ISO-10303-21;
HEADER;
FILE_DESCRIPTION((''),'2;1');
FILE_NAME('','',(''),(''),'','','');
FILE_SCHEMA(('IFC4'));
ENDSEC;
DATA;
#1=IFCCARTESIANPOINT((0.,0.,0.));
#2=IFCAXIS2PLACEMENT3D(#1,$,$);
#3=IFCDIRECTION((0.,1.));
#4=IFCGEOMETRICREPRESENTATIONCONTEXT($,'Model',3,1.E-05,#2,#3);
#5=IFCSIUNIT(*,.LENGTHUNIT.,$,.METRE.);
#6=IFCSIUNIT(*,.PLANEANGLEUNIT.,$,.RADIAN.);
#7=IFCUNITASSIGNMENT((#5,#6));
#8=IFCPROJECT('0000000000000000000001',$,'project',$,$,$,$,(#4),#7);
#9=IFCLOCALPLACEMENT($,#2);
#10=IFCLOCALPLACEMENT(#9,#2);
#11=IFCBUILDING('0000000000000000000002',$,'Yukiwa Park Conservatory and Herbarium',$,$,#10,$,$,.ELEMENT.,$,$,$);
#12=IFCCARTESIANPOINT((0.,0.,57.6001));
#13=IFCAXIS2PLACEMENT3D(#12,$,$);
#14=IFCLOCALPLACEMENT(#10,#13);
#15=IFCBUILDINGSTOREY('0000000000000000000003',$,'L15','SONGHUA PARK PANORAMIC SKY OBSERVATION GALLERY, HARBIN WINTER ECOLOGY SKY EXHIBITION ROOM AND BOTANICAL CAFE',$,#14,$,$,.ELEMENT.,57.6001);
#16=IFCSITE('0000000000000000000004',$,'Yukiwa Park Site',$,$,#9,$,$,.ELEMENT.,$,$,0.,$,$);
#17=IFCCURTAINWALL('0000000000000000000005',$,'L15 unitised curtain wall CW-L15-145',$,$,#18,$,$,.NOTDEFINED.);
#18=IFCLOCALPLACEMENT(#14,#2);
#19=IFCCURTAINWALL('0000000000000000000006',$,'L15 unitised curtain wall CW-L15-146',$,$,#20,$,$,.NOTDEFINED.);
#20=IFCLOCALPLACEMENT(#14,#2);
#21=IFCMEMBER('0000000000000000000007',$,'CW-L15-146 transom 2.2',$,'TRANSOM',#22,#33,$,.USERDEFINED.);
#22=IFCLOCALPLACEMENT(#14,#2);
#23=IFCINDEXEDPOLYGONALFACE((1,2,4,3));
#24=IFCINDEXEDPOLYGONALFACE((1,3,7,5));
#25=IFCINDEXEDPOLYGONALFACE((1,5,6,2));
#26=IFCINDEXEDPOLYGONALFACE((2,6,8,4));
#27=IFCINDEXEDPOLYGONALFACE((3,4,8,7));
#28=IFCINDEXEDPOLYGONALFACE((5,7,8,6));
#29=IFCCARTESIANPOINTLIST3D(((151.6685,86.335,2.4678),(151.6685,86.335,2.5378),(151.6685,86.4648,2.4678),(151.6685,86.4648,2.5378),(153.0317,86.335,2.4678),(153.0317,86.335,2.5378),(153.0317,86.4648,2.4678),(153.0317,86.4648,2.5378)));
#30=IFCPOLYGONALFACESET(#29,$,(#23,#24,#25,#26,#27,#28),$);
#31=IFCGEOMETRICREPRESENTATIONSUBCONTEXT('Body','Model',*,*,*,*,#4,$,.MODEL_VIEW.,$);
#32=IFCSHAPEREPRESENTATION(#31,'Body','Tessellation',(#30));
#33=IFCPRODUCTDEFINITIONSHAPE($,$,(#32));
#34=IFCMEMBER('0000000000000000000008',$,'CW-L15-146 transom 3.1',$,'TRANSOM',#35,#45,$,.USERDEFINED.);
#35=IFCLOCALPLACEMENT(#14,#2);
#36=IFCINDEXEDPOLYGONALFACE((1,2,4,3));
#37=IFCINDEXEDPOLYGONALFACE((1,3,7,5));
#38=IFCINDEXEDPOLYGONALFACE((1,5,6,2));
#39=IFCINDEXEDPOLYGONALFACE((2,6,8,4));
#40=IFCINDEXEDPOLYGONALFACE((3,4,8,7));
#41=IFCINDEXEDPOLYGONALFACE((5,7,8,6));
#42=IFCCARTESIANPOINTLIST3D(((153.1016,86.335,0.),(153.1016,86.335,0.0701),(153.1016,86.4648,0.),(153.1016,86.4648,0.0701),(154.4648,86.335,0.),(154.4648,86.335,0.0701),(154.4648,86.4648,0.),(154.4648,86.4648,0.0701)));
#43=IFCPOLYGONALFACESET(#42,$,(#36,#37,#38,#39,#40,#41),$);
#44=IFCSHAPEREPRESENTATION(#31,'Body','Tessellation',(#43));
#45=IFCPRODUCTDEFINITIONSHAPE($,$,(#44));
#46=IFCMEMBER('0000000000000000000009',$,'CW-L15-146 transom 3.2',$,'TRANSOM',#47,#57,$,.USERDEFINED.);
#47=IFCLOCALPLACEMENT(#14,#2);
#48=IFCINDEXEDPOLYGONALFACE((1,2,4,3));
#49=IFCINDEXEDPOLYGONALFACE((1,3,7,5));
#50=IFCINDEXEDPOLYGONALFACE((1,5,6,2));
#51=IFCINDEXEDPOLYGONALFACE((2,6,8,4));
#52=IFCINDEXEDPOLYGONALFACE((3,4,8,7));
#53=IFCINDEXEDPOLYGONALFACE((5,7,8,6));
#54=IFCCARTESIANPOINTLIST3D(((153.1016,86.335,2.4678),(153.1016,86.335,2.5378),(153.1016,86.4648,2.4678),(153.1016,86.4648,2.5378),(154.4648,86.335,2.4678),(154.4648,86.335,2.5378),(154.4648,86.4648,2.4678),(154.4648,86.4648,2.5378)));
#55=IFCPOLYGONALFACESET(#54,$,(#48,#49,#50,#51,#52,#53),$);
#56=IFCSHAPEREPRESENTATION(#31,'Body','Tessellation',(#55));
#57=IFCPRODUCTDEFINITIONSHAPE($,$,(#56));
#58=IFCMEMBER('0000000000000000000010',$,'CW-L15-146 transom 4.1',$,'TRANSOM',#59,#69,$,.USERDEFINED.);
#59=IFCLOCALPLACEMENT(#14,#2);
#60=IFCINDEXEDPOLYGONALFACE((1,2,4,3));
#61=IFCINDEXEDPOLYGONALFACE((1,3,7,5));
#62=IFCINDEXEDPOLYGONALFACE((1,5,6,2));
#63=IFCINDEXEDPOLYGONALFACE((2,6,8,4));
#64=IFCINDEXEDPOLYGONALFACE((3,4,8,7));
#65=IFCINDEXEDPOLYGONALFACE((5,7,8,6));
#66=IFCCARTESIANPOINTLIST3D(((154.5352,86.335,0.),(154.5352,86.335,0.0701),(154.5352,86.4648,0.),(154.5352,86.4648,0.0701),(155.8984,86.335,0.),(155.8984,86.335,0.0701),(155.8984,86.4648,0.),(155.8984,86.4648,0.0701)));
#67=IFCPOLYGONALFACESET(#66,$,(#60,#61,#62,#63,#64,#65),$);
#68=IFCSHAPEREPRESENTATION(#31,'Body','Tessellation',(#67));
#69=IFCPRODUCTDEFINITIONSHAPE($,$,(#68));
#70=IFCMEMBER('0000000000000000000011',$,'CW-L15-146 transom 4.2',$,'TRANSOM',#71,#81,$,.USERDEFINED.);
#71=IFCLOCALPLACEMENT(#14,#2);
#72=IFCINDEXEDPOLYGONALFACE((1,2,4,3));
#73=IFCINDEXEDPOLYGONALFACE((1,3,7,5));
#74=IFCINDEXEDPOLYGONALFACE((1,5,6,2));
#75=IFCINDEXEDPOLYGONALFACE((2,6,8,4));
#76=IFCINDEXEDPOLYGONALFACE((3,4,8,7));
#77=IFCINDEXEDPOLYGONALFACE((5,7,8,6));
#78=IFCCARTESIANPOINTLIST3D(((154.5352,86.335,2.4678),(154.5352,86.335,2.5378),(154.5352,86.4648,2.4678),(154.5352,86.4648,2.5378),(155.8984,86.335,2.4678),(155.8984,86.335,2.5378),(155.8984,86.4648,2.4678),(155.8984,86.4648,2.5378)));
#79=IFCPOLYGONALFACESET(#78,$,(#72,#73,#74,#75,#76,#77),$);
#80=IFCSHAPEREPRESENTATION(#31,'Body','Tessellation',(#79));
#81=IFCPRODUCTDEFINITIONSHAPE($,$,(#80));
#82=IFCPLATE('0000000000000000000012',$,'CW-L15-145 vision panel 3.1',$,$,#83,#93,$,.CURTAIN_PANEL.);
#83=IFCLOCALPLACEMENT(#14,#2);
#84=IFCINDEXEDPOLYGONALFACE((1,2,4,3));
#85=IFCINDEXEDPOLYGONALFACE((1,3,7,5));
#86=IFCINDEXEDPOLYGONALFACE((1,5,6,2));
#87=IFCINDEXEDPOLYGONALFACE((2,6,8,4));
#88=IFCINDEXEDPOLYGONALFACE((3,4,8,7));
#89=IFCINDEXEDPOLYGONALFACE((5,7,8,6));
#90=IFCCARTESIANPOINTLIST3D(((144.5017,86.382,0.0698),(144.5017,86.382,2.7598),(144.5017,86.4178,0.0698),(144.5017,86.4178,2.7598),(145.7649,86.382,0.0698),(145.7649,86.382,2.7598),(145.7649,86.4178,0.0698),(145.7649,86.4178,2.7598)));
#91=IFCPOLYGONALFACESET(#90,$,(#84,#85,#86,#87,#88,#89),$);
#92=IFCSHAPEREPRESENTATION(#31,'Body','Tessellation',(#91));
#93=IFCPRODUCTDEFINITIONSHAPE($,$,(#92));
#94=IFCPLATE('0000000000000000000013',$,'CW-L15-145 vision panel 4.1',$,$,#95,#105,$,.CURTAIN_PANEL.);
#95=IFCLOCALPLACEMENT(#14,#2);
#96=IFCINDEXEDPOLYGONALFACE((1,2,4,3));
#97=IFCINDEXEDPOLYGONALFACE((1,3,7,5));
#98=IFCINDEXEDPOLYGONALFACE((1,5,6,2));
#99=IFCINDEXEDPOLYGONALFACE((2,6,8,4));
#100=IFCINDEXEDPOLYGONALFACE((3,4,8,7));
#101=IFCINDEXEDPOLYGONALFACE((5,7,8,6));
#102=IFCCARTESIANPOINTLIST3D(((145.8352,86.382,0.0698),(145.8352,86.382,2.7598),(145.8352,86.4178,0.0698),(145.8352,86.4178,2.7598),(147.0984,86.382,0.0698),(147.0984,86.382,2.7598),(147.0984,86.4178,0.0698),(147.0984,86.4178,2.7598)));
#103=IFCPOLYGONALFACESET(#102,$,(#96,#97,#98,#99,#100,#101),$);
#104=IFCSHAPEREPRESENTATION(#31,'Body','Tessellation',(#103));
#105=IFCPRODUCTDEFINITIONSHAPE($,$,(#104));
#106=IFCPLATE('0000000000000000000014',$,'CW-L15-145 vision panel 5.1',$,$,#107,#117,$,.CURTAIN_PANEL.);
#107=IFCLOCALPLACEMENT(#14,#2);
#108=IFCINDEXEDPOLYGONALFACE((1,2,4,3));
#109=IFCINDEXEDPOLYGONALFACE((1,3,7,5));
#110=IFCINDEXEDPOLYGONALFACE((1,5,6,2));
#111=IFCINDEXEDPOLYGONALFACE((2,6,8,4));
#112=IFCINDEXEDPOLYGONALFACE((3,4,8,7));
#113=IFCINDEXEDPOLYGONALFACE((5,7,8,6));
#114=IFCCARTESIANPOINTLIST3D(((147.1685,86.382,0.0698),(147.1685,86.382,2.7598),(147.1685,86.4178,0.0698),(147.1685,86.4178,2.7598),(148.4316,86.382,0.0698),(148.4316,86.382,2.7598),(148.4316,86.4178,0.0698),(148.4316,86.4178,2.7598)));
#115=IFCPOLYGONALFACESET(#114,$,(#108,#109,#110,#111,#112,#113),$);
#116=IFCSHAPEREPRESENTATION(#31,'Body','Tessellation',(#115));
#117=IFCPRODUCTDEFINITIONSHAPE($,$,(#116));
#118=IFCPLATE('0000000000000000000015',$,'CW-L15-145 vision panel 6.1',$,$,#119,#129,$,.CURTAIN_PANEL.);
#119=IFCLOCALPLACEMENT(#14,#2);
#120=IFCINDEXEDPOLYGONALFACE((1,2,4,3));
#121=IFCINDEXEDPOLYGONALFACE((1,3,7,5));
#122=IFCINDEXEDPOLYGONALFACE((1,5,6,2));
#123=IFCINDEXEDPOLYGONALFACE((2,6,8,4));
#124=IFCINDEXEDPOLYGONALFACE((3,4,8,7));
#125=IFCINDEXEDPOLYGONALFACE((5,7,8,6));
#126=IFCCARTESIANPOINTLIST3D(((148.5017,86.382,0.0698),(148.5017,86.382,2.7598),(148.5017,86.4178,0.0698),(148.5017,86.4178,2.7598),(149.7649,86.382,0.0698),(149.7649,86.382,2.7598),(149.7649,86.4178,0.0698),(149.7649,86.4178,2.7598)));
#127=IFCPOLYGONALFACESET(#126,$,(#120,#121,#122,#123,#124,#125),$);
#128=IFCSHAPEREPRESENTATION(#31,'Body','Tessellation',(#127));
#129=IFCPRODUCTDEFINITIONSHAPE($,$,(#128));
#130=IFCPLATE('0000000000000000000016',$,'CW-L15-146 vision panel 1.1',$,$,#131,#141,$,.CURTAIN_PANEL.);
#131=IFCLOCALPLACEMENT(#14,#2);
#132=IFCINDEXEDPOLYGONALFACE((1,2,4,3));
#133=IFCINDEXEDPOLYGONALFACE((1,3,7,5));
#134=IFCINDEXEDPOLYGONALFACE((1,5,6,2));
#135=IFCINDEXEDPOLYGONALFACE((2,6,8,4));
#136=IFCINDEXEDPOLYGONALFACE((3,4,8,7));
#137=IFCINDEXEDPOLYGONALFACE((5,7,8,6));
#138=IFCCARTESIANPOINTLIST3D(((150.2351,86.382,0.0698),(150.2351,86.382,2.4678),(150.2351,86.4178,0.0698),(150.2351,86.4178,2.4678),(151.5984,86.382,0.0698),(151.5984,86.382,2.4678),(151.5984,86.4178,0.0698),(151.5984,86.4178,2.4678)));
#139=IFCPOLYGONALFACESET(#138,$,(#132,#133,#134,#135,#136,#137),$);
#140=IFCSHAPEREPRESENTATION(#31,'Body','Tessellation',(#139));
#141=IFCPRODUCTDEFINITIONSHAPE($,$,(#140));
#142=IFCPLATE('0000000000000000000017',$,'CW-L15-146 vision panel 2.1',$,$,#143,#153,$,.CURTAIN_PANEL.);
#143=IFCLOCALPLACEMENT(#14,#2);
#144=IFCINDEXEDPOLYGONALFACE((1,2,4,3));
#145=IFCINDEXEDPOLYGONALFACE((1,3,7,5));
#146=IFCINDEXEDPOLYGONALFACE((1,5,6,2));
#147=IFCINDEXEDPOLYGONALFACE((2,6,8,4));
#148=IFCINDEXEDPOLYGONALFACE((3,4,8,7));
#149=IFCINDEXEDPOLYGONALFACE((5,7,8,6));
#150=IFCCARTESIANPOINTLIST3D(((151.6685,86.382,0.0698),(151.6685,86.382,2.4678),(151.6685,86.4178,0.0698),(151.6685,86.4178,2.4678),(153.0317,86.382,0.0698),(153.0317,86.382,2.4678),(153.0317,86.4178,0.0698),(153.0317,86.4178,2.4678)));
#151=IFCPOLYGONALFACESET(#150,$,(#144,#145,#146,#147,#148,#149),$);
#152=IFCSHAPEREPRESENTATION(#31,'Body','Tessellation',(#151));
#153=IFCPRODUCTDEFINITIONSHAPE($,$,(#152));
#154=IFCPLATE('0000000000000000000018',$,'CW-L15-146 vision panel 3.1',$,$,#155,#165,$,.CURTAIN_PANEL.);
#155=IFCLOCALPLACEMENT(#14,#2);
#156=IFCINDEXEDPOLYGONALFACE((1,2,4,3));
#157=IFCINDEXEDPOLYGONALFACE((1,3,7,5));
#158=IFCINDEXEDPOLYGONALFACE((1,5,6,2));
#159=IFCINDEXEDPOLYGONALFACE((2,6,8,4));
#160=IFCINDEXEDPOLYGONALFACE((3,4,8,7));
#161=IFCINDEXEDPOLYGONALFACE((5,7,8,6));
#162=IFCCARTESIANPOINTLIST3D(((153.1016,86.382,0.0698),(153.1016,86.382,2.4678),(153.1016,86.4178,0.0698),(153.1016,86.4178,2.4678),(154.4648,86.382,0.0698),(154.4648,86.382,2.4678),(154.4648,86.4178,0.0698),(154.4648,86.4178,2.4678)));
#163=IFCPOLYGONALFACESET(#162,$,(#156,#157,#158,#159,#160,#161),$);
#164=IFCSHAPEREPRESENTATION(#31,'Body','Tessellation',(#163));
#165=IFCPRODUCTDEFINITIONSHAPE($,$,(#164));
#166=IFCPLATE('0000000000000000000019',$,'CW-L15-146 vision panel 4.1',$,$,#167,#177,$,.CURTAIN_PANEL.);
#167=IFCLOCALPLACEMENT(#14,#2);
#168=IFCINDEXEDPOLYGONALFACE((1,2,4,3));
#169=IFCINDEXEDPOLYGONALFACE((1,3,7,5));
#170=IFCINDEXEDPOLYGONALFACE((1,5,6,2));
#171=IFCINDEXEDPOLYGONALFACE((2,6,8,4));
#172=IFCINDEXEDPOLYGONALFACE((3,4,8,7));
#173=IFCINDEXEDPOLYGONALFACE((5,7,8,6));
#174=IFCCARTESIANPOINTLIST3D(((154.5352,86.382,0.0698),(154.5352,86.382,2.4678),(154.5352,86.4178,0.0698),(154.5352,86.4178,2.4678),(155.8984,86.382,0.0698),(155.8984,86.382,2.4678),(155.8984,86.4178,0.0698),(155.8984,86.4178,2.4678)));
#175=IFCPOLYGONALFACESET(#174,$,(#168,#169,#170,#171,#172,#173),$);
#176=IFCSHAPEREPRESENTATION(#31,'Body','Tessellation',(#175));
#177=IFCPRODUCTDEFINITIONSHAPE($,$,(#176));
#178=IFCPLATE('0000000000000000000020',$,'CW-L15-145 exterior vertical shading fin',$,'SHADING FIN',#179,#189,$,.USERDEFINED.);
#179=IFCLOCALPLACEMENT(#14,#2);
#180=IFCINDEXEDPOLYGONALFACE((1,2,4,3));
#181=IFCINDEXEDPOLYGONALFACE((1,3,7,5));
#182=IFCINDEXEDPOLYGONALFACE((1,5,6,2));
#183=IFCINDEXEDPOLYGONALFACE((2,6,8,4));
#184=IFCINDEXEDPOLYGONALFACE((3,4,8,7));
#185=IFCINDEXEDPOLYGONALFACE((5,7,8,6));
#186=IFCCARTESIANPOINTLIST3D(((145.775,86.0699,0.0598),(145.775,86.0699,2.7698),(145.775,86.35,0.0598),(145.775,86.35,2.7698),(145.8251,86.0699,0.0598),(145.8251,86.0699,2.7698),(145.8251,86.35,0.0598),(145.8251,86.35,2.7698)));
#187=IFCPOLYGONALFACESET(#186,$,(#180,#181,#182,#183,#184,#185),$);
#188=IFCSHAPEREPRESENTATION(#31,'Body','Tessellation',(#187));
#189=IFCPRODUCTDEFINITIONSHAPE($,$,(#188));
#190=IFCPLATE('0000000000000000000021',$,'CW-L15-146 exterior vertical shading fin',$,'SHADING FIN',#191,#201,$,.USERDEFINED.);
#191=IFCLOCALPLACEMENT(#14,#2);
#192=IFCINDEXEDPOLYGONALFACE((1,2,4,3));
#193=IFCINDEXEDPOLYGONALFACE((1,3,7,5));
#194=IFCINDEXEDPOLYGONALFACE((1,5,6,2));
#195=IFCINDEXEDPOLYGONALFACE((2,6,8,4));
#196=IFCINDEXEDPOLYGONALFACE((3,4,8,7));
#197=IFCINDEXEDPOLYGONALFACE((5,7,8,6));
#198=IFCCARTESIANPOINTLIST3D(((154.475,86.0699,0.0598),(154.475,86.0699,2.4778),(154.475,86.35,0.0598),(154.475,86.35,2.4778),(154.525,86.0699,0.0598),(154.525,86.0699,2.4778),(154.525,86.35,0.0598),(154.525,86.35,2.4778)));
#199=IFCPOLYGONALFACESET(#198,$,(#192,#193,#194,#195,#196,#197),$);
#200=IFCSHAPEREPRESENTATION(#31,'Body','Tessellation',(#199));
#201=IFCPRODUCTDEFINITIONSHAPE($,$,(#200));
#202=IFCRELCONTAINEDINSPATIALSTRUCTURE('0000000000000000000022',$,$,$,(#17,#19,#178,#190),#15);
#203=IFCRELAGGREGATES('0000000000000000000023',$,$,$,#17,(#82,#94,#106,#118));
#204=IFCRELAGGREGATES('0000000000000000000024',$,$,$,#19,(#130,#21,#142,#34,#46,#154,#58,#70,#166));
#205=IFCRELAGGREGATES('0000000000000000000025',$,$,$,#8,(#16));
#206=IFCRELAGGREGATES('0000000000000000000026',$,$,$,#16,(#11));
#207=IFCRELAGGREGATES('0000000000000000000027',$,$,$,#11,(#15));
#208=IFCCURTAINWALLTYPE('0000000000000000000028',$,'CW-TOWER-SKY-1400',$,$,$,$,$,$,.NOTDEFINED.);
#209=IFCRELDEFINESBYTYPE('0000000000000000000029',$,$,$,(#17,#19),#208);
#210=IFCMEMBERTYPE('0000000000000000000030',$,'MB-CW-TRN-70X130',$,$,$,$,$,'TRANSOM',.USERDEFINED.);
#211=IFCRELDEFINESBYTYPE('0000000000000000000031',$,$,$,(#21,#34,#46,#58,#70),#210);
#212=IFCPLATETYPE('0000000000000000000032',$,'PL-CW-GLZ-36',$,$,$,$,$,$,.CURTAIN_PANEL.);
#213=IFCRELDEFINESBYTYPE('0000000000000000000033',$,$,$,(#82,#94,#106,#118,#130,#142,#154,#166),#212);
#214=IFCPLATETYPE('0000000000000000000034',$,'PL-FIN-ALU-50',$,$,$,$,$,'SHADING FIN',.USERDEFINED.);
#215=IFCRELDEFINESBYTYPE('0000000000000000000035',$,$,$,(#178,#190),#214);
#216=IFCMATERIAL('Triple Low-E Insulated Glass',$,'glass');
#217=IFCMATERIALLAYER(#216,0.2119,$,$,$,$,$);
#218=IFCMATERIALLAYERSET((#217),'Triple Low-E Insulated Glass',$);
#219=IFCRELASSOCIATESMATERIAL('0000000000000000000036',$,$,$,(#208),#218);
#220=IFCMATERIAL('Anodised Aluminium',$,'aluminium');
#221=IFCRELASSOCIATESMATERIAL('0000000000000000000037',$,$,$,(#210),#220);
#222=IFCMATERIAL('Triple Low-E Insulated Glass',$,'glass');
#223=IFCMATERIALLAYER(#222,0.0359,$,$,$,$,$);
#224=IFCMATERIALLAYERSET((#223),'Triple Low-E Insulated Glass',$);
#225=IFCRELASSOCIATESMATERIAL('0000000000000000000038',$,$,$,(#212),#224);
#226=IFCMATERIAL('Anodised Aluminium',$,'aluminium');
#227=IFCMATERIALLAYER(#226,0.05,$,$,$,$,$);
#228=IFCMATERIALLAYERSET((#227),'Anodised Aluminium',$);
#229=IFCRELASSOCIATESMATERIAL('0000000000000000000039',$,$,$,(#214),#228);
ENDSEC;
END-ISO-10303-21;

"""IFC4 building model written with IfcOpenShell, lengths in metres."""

from ifc_helpers import new_model, si_unit, direction, frame, origin, origin_2d, place, context, subcontext, project, spatial, rectangle, extrude, material, layer, layer_set, type_object, element, aggregate, save


model = new_model("IFC4")

# Units and contexts
model_context = context("Model", 3, precision=1e-05, world=origin(), true_north=direction((0.0, 1.0)))
body_context = subcontext(model_context, "Body", "Model", "MODEL_VIEW")
ifc_project = project(units=[si_unit("LENGTHUNIT", "METRE"), si_unit("PLANEANGLEUNIT", "RADIAN")], contexts=[model_context])

# Site, building, storey
site_placement = place(None, origin())
site = spatial("IfcSite", under=ifc_project, at=site_placement, Name="Yukiwa Park Site", CompositionType="ELEMENT", RefElevation=0.0)
building_placement = place(site_placement, origin())
building = spatial("IfcBuilding", under=site, at=building_placement, Name="Yukiwa Park Conservatory and Herbarium", CompositionType="ELEMENT")
storey_placement = place(building_placement, frame((0.0, 0.0, 57.6001)))
storey = spatial("IfcBuildingStorey", under=building, at=storey_placement, Name="L15", Description="SONGHUA PARK PANORAMIC SKY OBSERVATION GALLERY, HARBIN WINTER ECOLOGY SKY EXHIBITION ROOM AND BOTANICAL CAFE", CompositionType="ELEMENT", Elevation=57.6001)

# Curtain walls
ifc_material_1 = material(Name="Triple Low-E Insulated Glass", Category="glass")
ifc_layer_1 = layer(ifc_material_1, 0.2119)
ifc_layer_set_1 = layer_set([ifc_layer_1], Name="Triple Low-E Insulated Glass")
curtain_wall_type = type_object("IfcCurtainWallType", Name="CW-TOWER-SKY-1400", PredefinedType="NOTDEFINED", material=ifc_layer_set_1)
curtain_wall_1_placement = place(storey_placement, origin())
curtain_wall_1 = element("IfcCurtainWall", 1, at=curtain_wall_1_placement, inside=storey, type_object=curtain_wall_type, Name="L15 unitised curtain wall CW-L15-145", PredefinedType="NOTDEFINED")
curtain_wall_2_placement = place(storey_placement, origin())
curtain_wall_2 = element("IfcCurtainWall", 2, at=curtain_wall_2_placement, inside=storey, type_object=curtain_wall_type, Name="L15 unitised curtain wall CW-L15-146", PredefinedType="NOTDEFINED")

# Members
ifc_material_2 = material(Name="Anodised Aluminium", Category="aluminium")
member_type_1 = type_object("IfcMemberType", Name="MB-CW-TRN-70X130", ElementType="TRANSOM", PredefinedType="USERDEFINED", material=ifc_material_2)
member_1_placement = place(storey_placement, frame((152.3501, 86.3999, 2.4678), z_axis=(0.0, 0.0, 1.0), x_axis=(1.0, 0.0, 0.0)))
member_1 = element("IfcMember", 3, at=member_1_placement, type_object=member_type_1, Name="CW-L15-146 transom 2.2", ObjectType="TRANSOM", PredefinedType="USERDEFINED", context=body_context, shape_type="SweptSolid", body=[
    extrude(rectangle(XDim=1.3633, YDim=0.1299, at=origin_2d()), origin(), (0.0, 0.0, 1.0), 0.0701),
])
member_2_placement = place(storey_placement, frame((153.7832, 86.3999, 0.0), z_axis=(0.0, 0.0, 1.0), x_axis=(1.0, 0.0, 0.0)))
member_2 = element("IfcMember", 4, at=member_2_placement, type_object=member_type_1, Name="CW-L15-146 transom 3.1", ObjectType="TRANSOM", PredefinedType="USERDEFINED", context=body_context, shape_type="SweptSolid", body=[
    extrude(rectangle(XDim=1.3633, YDim=0.1299, at=origin_2d()), origin(), (0.0, 0.0, 1.0), 0.0701),
])
member_3_placement = place(storey_placement, frame((153.7832, 86.3999, 2.4678), z_axis=(0.0, 0.0, 1.0), x_axis=(1.0, 0.0, 0.0)))
member_3 = element("IfcMember", 5, at=member_3_placement, type_object=member_type_1, Name="CW-L15-146 transom 3.2", ObjectType="TRANSOM", PredefinedType="USERDEFINED", context=body_context, shape_type="SweptSolid", body=[
    extrude(rectangle(XDim=1.3633, YDim=0.1299, at=origin_2d()), origin(), (0.0, 0.0, 1.0), 0.0701),
])
member_4_placement = place(storey_placement, frame((155.2168, 86.3999, 0.0), z_axis=(0.0, 0.0, 1.0), x_axis=(1.0, 0.0, 0.0)))
member_4 = element("IfcMember", 6, at=member_4_placement, type_object=member_type_1, Name="CW-L15-146 transom 4.1", ObjectType="TRANSOM", PredefinedType="USERDEFINED", context=body_context, shape_type="SweptSolid", body=[
    extrude(rectangle(XDim=1.3633, YDim=0.1299, at=origin_2d()), origin(), (0.0, 0.0, 1.0), 0.0701),
])
member_5_placement = place(storey_placement, frame((155.2168, 86.3999, 2.4678), z_axis=(0.0, 0.0, 1.0), x_axis=(1.0, 0.0, 0.0)))
member_5 = element("IfcMember", 7, at=member_5_placement, type_object=member_type_1, Name="CW-L15-146 transom 4.2", ObjectType="TRANSOM", PredefinedType="USERDEFINED", context=body_context, shape_type="SweptSolid", body=[
    extrude(rectangle(XDim=1.3633, YDim=0.1299, at=origin_2d()), origin(), (0.0, 0.0, 1.0), 0.0701),
])

# Plates
ifc_material_3 = material(Name="Triple Low-E Insulated Glass", Category="glass")
ifc_layer_2 = layer(ifc_material_3, 0.0359)
ifc_layer_set_2 = layer_set([ifc_layer_2], Name="Triple Low-E Insulated Glass")
plate_type_1 = type_object("IfcPlateType", Name="PL-CW-GLZ-36", PredefinedType="CURTAIN_PANEL", material=ifc_layer_set_2)
plate_1_placement = place(storey_placement, frame((145.1333, 86.3999, 0.0698), z_axis=(0.0, 0.0, 1.0), x_axis=(1.0, 0.0, 0.0)))
plate_1 = element("IfcPlate", 8, at=plate_1_placement, type_object=plate_type_1, Name="CW-L15-145 vision panel 3.1", PredefinedType="CURTAIN_PANEL", context=body_context, shape_type="SweptSolid", body=[
    extrude(rectangle(XDim=1.2632, YDim=0.0359, at=origin_2d()), origin(), (0.0, 0.0, 1.0), 2.6899),
])
plate_2_placement = place(storey_placement, frame((146.4668, 86.3999, 0.0698), z_axis=(0.0, 0.0, 1.0), x_axis=(1.0, 0.0, 0.0)))
plate_2 = element("IfcPlate", 9, at=plate_2_placement, type_object=plate_type_1, Name="CW-L15-145 vision panel 4.1", PredefinedType="CURTAIN_PANEL", context=body_context, shape_type="SweptSolid", body=[
    extrude(rectangle(XDim=1.2632, YDim=0.0359, at=origin_2d()), origin(), (0.0, 0.0, 1.0), 2.6899),
])
plate_3_placement = place(storey_placement, frame((147.8, 86.3999, 0.0698), z_axis=(0.0, 0.0, 1.0), x_axis=(1.0, 0.0, 0.0)))
plate_3 = element("IfcPlate", 10, at=plate_3_placement, type_object=plate_type_1, Name="CW-L15-145 vision panel 5.1", PredefinedType="CURTAIN_PANEL", context=body_context, shape_type="SweptSolid", body=[
    extrude(rectangle(XDim=1.2632, YDim=0.0359, at=origin_2d()), origin(), (0.0, 0.0, 1.0), 2.6899),
])
plate_4_placement = place(storey_placement, frame((149.1333, 86.3999, 0.0698), z_axis=(0.0, 0.0, 1.0), x_axis=(1.0, 0.0, 0.0)))
plate_4 = element("IfcPlate", 11, at=plate_4_placement, type_object=plate_type_1, Name="CW-L15-145 vision panel 6.1", PredefinedType="CURTAIN_PANEL", context=body_context, shape_type="SweptSolid", body=[
    extrude(rectangle(XDim=1.2632, YDim=0.0359, at=origin_2d()), origin(), (0.0, 0.0, 1.0), 2.6899),
])
aggregate(curtain_wall_1, [plate_1, plate_2, plate_3, plate_4])
plate_5_placement = place(storey_placement, frame((150.9167, 86.3999, 0.0698), z_axis=(0.0, 0.0, 1.0), x_axis=(1.0, 0.0, 0.0)))
plate_5 = element("IfcPlate", 12, at=plate_5_placement, type_object=plate_type_1, Name="CW-L15-146 vision panel 1.1", PredefinedType="CURTAIN_PANEL", context=body_context, shape_type="SweptSolid", body=[
    extrude(rectangle(XDim=1.3633, YDim=0.0359, at=origin_2d()), origin(), (0.0, 0.0, 1.0), 2.3979),
])
plate_6_placement = place(storey_placement, frame((152.3501, 86.3999, 0.0698), z_axis=(0.0, 0.0, 1.0), x_axis=(1.0, 0.0, 0.0)))
plate_6 = element("IfcPlate", 13, at=plate_6_placement, type_object=plate_type_1, Name="CW-L15-146 vision panel 2.1", PredefinedType="CURTAIN_PANEL", context=body_context, shape_type="SweptSolid", body=[
    extrude(rectangle(XDim=1.3633, YDim=0.0359, at=origin_2d()), origin(), (0.0, 0.0, 1.0), 2.3979),
])
plate_7_placement = place(storey_placement, frame((153.7832, 86.3999, 0.0698), z_axis=(0.0, 0.0, 1.0), x_axis=(1.0, 0.0, 0.0)))
plate_7 = element("IfcPlate", 14, at=plate_7_placement, type_object=plate_type_1, Name="CW-L15-146 vision panel 3.1", PredefinedType="CURTAIN_PANEL", context=body_context, shape_type="SweptSolid", body=[
    extrude(rectangle(XDim=1.3633, YDim=0.0359, at=origin_2d()), origin(), (0.0, 0.0, 1.0), 2.3979),
])
plate_8_placement = place(storey_placement, frame((155.2168, 86.3999, 0.0698), z_axis=(0.0, 0.0, 1.0), x_axis=(1.0, 0.0, 0.0)))
plate_8 = element("IfcPlate", 15, at=plate_8_placement, type_object=plate_type_1, Name="CW-L15-146 vision panel 4.1", PredefinedType="CURTAIN_PANEL", context=body_context, shape_type="SweptSolid", body=[
    extrude(rectangle(XDim=1.3633, YDim=0.0359, at=origin_2d()), origin(), (0.0, 0.0, 1.0), 2.3979),
])
aggregate(curtain_wall_2, [plate_5, member_1, plate_6, member_2, member_3, plate_7, member_4, member_5, plate_8])

# Plates
ifc_material_4 = material(Name="Anodised Aluminium", Category="aluminium")
ifc_layer_3 = layer(ifc_material_4, 0.05)
ifc_layer_set_3 = layer_set([ifc_layer_3], Name="Anodised Aluminium")
plate_type_2 = type_object("IfcPlateType", Name="PL-FIN-ALU-50", ElementType="SHADING FIN", PredefinedType="USERDEFINED", material=ifc_layer_set_3)
plate_9_placement = place(storey_placement, frame((145.8, 86.21, 0.0598), z_axis=(0.0, 0.0, 1.0), x_axis=(1.0, 0.0, 0.0)))
element("IfcPlate", 16, at=plate_9_placement, inside=storey, type_object=plate_type_2, Name="CW-L15-145 exterior vertical shading fin", ObjectType="SHADING FIN", PredefinedType="USERDEFINED", context=body_context, shape_type="SweptSolid", body=[
    extrude(rectangle(XDim=0.05, YDim=0.28, at=origin_2d()), origin(), (0.0, 0.0, 1.0), 2.71),
])
plate_10_placement = place(storey_placement, frame((154.5, 86.21, 0.0598), z_axis=(0.0, 0.0, 1.0), x_axis=(1.0, 0.0, 0.0)))
element("IfcPlate", 17, at=plate_10_placement, inside=storey, type_object=plate_type_2, Name="CW-L15-146 exterior vertical shading fin", ObjectType="SHADING FIN", PredefinedType="USERDEFINED", context=body_context, shape_type="SweptSolid", body=[
    extrude(rectangle(XDim=0.05, YDim=0.28, at=origin_2d()), origin(), (0.0, 0.0, 1.0), 2.418),
])

save(model, "model.ifc")
